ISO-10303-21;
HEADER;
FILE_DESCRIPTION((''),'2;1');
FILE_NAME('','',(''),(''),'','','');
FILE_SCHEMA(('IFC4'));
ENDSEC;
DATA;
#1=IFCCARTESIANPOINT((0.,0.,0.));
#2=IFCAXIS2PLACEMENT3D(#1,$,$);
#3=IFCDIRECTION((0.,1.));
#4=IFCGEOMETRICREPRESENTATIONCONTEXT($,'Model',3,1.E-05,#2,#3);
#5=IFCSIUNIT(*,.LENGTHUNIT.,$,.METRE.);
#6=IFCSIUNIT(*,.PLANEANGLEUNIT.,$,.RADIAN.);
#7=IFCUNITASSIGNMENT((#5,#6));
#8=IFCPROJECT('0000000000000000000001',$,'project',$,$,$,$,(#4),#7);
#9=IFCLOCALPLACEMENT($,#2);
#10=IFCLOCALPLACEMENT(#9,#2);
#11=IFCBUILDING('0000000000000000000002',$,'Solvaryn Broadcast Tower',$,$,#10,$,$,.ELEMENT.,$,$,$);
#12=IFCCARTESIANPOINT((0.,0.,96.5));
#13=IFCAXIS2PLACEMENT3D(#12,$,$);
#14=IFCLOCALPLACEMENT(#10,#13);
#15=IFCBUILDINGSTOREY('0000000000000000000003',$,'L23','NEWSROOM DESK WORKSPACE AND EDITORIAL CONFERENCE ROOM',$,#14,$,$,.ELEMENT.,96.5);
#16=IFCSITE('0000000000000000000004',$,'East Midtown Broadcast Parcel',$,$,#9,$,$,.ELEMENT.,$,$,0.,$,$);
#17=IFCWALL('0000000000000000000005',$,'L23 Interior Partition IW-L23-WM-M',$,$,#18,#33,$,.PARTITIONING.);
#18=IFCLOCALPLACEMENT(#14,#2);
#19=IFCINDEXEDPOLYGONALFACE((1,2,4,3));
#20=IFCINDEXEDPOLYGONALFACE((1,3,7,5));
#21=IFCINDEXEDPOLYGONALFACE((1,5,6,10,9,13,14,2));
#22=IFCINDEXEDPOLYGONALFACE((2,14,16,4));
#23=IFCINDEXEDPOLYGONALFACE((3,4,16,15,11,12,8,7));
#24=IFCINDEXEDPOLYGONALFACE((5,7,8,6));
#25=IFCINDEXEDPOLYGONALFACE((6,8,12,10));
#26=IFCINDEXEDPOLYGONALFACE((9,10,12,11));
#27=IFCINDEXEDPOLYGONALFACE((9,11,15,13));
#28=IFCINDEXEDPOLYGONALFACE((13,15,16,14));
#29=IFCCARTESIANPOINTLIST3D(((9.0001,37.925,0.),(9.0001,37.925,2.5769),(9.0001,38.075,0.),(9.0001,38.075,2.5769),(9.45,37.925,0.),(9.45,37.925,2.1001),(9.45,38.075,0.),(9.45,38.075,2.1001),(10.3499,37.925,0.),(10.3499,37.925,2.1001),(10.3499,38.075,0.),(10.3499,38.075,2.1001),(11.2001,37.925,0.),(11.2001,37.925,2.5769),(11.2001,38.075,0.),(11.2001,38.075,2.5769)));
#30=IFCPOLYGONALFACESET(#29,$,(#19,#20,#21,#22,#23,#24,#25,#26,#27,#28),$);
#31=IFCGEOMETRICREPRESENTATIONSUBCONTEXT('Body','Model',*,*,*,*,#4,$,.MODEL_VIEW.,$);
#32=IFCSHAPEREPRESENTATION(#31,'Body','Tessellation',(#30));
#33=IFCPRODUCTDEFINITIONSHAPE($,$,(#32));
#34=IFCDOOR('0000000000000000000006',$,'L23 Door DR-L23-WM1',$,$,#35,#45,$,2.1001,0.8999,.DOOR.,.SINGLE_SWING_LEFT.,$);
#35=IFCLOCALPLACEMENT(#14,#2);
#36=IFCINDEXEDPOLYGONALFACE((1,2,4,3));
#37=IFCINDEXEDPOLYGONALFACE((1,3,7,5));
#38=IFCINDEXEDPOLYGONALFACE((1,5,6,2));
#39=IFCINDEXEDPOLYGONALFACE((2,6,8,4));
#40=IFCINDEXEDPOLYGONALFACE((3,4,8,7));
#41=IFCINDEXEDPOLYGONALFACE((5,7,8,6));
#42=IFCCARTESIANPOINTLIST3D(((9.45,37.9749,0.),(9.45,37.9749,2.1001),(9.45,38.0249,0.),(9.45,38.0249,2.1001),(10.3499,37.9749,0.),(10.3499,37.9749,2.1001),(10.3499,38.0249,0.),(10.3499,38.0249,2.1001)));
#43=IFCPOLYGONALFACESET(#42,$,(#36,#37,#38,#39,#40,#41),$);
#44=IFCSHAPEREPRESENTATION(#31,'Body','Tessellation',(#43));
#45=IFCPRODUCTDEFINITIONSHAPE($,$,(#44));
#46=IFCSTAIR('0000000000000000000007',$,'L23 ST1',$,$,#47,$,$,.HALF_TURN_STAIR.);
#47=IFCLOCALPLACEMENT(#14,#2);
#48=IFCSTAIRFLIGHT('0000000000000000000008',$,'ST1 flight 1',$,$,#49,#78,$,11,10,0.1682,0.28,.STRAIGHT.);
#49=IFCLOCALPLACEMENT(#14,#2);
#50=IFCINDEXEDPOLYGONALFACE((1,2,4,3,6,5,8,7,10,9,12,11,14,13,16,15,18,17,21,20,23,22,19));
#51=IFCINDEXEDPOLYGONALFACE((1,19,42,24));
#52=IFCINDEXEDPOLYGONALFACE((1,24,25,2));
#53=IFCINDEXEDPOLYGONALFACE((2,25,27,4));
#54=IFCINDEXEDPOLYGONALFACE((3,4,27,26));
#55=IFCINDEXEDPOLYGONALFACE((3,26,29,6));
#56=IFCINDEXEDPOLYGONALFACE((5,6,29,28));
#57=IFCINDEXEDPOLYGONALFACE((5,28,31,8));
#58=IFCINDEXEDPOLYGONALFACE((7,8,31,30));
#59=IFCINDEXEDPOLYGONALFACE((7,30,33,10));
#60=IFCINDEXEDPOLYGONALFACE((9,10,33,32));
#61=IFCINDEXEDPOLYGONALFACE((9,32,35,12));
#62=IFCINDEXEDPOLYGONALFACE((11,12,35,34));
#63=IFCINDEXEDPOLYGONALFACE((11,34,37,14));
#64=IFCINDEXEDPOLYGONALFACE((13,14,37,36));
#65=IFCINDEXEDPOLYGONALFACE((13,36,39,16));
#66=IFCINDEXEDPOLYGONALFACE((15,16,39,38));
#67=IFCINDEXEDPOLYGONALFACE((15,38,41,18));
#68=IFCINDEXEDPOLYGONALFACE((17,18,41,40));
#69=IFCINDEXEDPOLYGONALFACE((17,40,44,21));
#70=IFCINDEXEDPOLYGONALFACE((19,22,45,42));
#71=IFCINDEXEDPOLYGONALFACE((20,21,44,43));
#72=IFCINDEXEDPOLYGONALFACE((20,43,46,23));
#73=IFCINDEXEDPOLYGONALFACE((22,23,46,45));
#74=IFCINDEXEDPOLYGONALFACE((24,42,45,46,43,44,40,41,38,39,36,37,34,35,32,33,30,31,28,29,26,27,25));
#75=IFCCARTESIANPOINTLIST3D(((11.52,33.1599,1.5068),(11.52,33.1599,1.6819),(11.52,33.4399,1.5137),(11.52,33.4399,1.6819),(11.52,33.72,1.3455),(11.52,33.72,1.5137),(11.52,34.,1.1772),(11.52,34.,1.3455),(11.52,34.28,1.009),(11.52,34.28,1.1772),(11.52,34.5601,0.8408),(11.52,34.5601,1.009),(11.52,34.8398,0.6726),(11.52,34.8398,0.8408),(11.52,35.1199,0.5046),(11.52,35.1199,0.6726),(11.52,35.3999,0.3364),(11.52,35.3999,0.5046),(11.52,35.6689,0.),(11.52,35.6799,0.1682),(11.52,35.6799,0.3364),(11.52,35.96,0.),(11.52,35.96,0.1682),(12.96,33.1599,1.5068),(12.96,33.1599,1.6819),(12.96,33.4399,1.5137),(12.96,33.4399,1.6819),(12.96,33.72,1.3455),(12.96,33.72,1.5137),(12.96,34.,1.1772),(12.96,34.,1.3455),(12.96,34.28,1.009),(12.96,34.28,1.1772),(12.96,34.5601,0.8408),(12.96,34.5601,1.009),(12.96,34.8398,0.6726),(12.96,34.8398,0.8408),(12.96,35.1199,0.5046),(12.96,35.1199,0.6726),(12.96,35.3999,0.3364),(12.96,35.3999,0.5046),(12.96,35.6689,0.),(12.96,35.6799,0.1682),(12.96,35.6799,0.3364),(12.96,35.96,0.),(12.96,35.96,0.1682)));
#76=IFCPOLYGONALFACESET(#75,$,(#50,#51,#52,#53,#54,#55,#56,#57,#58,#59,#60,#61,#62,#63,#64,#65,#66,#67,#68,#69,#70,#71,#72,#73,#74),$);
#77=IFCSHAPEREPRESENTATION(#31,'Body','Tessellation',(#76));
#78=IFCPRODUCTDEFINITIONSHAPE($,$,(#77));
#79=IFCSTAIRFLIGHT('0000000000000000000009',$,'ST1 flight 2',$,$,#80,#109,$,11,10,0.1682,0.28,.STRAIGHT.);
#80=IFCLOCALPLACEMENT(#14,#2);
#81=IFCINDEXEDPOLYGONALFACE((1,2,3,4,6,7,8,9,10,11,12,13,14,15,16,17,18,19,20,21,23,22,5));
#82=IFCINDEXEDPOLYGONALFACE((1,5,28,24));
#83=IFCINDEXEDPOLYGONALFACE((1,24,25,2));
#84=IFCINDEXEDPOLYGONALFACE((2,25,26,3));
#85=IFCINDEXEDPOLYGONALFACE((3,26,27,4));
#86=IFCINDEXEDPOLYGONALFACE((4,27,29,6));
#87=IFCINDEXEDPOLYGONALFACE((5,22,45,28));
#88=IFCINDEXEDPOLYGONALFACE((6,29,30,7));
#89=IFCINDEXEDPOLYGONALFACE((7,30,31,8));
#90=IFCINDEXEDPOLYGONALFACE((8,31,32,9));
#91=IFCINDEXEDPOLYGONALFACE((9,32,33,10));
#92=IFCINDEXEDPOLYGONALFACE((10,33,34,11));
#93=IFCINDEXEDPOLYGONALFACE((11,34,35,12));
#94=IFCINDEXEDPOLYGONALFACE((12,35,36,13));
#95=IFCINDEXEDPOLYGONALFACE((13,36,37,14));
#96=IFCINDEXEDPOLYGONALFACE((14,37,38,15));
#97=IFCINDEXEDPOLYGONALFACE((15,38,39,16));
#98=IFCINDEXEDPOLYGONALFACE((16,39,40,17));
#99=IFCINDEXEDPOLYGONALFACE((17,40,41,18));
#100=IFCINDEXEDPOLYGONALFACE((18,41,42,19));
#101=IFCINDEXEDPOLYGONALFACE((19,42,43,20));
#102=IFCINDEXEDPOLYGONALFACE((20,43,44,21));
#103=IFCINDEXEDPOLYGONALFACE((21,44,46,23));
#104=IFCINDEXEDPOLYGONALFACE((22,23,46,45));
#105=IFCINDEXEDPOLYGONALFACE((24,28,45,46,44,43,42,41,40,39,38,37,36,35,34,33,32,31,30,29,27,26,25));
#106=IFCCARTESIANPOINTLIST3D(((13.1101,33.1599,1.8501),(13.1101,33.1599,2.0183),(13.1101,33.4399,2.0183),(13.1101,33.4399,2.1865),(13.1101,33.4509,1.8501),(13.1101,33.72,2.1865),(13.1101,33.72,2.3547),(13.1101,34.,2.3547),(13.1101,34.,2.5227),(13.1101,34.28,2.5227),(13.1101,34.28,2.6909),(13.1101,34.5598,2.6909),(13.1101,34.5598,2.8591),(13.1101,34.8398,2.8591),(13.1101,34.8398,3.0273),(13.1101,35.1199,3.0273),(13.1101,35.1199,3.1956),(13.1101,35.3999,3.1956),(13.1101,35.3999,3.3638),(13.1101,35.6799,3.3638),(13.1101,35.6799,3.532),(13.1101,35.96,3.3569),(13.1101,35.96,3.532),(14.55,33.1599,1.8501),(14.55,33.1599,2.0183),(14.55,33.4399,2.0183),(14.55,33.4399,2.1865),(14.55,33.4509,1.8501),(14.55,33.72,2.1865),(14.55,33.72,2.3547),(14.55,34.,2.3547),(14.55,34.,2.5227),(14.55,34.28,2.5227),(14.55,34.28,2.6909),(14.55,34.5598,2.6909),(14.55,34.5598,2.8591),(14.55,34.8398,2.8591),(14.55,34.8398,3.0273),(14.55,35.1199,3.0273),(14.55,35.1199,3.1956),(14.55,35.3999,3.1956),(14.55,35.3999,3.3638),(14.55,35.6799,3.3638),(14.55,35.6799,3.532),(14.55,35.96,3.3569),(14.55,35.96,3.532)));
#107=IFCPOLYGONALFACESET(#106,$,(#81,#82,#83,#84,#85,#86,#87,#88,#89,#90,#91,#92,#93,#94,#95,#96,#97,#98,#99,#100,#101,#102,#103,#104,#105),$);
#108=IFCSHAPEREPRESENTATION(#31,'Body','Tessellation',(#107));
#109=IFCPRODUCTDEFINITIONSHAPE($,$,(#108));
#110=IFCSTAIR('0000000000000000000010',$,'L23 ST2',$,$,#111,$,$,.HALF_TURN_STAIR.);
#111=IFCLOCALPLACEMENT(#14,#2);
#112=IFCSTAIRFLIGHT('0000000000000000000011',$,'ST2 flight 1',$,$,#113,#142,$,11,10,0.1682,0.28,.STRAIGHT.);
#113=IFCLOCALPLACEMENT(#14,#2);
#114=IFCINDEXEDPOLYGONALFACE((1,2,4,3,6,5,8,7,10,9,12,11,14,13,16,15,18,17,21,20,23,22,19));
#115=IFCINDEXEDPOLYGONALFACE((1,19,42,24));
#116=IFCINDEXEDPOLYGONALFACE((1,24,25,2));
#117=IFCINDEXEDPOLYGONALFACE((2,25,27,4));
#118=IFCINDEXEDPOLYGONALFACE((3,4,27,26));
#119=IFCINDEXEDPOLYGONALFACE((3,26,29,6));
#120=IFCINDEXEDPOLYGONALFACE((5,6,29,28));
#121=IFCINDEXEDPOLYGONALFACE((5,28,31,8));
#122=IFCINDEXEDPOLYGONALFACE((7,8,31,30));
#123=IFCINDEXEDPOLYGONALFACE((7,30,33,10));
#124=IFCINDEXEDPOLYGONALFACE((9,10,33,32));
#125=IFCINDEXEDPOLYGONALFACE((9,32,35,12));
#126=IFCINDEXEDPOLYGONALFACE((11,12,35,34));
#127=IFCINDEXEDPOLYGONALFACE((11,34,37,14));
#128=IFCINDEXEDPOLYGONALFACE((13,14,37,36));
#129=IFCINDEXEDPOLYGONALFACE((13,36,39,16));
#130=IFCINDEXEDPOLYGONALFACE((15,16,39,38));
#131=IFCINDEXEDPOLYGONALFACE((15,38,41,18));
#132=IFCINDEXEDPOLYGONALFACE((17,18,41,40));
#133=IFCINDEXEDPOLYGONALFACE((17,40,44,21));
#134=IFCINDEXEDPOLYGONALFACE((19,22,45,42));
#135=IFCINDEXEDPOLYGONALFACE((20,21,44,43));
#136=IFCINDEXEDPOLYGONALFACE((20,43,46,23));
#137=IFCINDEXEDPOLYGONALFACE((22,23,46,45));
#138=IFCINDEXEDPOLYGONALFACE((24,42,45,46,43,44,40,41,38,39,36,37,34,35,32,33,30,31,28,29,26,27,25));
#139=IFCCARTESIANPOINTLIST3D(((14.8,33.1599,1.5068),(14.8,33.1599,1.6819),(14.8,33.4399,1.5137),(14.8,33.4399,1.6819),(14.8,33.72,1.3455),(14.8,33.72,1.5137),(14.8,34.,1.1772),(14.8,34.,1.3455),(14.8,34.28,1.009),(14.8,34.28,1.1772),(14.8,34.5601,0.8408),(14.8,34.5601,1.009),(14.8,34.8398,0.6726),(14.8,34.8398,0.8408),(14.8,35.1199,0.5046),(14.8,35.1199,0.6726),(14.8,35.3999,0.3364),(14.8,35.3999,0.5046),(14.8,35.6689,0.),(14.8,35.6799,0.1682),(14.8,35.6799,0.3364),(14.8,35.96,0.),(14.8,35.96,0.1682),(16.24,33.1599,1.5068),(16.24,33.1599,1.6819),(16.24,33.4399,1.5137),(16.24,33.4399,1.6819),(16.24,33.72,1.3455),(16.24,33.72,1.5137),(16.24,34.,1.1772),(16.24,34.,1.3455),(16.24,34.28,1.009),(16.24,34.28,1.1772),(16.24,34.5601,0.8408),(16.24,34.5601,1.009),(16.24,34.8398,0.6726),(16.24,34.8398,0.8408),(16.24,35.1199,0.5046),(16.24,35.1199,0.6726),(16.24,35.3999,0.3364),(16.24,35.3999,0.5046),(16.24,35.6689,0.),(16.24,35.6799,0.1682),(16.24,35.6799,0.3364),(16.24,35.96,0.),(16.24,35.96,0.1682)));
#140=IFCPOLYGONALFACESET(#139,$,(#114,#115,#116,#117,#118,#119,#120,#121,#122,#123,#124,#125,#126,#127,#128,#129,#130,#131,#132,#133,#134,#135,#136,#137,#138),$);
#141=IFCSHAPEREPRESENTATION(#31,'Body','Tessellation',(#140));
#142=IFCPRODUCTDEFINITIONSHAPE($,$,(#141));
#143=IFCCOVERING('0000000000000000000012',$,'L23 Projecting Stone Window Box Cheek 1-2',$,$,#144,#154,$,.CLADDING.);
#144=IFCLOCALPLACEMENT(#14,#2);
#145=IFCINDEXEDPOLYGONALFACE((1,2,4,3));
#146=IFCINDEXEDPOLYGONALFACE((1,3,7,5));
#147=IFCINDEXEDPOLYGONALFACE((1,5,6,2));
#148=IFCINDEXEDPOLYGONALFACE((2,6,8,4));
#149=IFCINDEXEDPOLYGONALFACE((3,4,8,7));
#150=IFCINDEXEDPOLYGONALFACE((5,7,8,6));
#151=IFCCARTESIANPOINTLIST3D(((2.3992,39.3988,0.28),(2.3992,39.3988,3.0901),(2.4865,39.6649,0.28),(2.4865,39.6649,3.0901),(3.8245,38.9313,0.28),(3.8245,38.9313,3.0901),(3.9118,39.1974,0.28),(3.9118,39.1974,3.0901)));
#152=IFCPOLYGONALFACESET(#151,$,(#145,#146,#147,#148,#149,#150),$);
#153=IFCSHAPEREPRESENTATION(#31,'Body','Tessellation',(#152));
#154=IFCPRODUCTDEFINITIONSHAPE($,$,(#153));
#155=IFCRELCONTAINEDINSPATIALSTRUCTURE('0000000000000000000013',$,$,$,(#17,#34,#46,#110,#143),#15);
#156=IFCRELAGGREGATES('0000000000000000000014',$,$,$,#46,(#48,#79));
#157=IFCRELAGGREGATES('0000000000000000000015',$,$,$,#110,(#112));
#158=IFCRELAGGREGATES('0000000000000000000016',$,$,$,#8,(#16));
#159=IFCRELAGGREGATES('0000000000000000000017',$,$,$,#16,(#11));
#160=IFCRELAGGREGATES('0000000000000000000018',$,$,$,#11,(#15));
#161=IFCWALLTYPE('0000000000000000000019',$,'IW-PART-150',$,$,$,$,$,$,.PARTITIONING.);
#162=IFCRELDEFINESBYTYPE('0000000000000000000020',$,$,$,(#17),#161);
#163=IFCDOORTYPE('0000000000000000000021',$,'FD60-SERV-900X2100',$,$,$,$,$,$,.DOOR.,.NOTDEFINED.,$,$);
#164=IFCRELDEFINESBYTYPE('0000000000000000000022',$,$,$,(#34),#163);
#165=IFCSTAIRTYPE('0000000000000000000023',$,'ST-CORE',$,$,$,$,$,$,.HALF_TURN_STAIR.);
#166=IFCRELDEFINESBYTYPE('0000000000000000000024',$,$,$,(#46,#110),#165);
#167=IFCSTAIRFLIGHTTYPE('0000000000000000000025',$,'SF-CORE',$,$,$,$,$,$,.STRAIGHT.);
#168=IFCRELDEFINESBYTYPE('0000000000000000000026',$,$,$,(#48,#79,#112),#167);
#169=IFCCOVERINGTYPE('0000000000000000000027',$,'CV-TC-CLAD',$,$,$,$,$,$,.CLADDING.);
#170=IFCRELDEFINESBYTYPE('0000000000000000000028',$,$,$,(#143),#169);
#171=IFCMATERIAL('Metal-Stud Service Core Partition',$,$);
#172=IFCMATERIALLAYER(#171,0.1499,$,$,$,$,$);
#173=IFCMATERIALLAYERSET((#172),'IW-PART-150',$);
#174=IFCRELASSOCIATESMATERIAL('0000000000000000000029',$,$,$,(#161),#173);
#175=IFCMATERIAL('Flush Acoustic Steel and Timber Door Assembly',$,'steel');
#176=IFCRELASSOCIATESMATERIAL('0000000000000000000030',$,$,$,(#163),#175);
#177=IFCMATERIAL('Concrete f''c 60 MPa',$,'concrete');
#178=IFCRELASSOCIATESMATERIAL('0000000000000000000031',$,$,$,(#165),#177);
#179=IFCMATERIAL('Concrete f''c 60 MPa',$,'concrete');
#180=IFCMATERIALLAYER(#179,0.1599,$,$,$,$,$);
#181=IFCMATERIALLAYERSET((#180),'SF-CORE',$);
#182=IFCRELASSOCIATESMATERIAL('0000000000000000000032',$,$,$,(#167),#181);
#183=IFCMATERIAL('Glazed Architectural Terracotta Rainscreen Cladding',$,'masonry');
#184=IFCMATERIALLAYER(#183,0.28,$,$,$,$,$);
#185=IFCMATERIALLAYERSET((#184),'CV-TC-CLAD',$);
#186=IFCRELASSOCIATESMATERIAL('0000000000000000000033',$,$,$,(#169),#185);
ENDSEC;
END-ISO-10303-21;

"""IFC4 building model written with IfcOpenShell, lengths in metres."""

from ifc_helpers import new_model, si_unit, direction, frame, frame_2d, origin, origin_2d, place, context, subcontext, project, spatial, polyline, rectangle, outline, extrude, material, layer, layer_set, type_object, element, fill, aggregate, save


model = new_model("IFC4")

# Units and contexts
model_context = context("Model", 3, precision=1e-05, world=origin(), true_north=direction((0.0, 1.0)))
body_context = subcontext(model_context, "Body", "Model", "MODEL_VIEW")
ifc_project = project(units=[si_unit("LENGTHUNIT", "METRE"), si_unit("PLANEANGLEUNIT", "RADIAN")], contexts=[model_context])

# Site, building, storey
site_placement = place(None, origin())
site = spatial("IfcSite", under=ifc_project, at=site_placement, Name="East Midtown Broadcast Parcel", CompositionType="ELEMENT", RefElevation=0.0)
building_placement = place(site_placement, origin())
building = spatial("IfcBuilding", under=site, at=building_placement, Name="Solvaryn Broadcast Tower", CompositionType="ELEMENT")
storey_placement = place(building_placement, frame((0.0, 0.0, 96.5)))
storey = spatial("IfcBuildingStorey", under=building, at=storey_placement, Name="L23", Description="NEWSROOM DESK WORKSPACE AND EDITORIAL CONFERENCE ROOM", CompositionType="ELEMENT", Elevation=96.5)

# Wall, opening, door
ifc_material_1 = material(Name="Metal-Stud Service Core Partition")
ifc_layer_1 = layer(ifc_material_1, 0.1499)
ifc_layer_set_1 = layer_set([ifc_layer_1], Name="IW-PART-150")
wall_type = type_object("IfcWallType", Name="IW-PART-150", PredefinedType="PARTITIONING", material=ifc_layer_set_1)
wall_placement = place(storey_placement, frame((9.0, 38.0, 0.0), z_axis=(0.0, 0.0, 1.0), x_axis=(1.0, 0.0, 0.0)))
wall = element("IfcWall", 1, at=wall_placement, inside=storey, type_object=wall_type, Name="L23 Interior Partition IW-L23-WM-M", PredefinedType="PARTITIONING", context=body_context, shape_type="SweptSolid", body=[
    extrude(rectangle(XDim=2.2, YDim=0.1499, at=frame_2d((1.1001, 0.0))), origin(), (0.0, 0.0, 1.0), 2.5769),
])
opening_placement = place(wall_placement, frame((0.45, 0.0, 0.0)))
opening = element("IfcOpeningElement", 2, at=opening_placement, cuts=wall, PredefinedType="OPENING", context=body_context, shape_type="SweptSolid", body=[
    extrude(rectangle(XDim=0.8999, YDim=2.1001, at=frame_2d((0.45, 1.05))), frame((0.0, 0.085, 0.0), z_axis=(0.0, -1.0, 0.0), x_axis=(1.0, 0.0, 0.0)), (0.0, 0.0, 1.0), 0.1699),
])
ifc_material_2 = material(Name="Flush Acoustic Steel and Timber Door Assembly", Category="steel")
door_type = type_object("IfcDoorType", Name="FD60-SERV-900X2100", OperationType="NOTDEFINED", PredefinedType="DOOR", material=ifc_material_2)
door_placement = place(opening_placement, origin())
door = element("IfcDoor", 3, at=door_placement, inside=storey, type_object=door_type, Name="L23 Door DR-L23-WM1", OperationType="SINGLE_SWING_LEFT", OverallHeight=2.1001, OverallWidth=0.8999, PredefinedType="DOOR", context=body_context, shape_type="SweptSolid", body=[
    extrude(rectangle(XDim=0.8999, YDim=2.1001, at=frame_2d((0.45, 1.05))), frame((0.0, 0.0249, 0.0), z_axis=(0.0, -1.0, 0.0), x_axis=(1.0, 0.0, 0.0)), (0.0, 0.0, 1.0), 0.05),
])
fill(opening, door)

# Stair, stair flights
ifc_material_3 = material(Name="Concrete f'c 60 MPa", Category="concrete")
stair_type = type_object("IfcStairType", Name="ST-CORE", PredefinedType="HALF_TURN_STAIR", material=ifc_material_3)
stair_1_placement = place(storey_placement, origin())
stair_1 = element("IfcStair", 4, at=stair_1_placement, inside=storey, type_object=stair_type, Name="L23 ST1", PredefinedType="HALF_TURN_STAIR")
ifc_material_4 = material(Name="Concrete f'c 60 MPa", Category="concrete")
ifc_layer_2 = layer(ifc_material_4, 0.1599)
ifc_layer_set_2 = layer_set([ifc_layer_2], Name="SF-CORE")
stair_flight_type = type_object("IfcStairFlightType", Name="SF-CORE", PredefinedType="STRAIGHT", material=ifc_layer_set_2)
stair_flight_1_placement = place(storey_placement, frame((12.24, 35.96, 0.0), z_axis=(0.0, 0.0, 1.0), x_axis=(0.0, -1.0, 0.0)))
stair_flight_1 = element("IfcStairFlight", 5, at=stair_flight_1_placement, type_object=stair_flight_type, Name="ST1 flight 1", NumberOfRisers=11, NumberOfTreads=10, PredefinedType="STRAIGHT", RiserHeight=0.1682, TreadLength=0.28, context=body_context, shape_type="SweptSolid", body=[
    extrude(outline(polyline([(0.0, 0.0), (0.0, 0.1682), (0.28, 0.1682), (0.28, 0.3364), (0.5601, 0.3364), (0.5601, 0.5046), (0.8401, 0.5046), (0.8401, 0.6726), (1.1201, 0.6726), (1.1201, 0.8408), (1.3999, 0.8408), (1.3999, 1.009), (1.6799, 1.009), (1.6799, 1.1772), (1.96, 1.1772), (1.96, 1.3455), (2.24, 1.3455), (2.24, 1.5137), (2.52, 1.5137), (2.52, 1.6819), (2.8, 1.6819), (2.8, 1.8501), (2.8, 1.5068), (0.291, 0.0), (0.0, 0.0)])), frame((0.0, 0.72, 0.0), z_axis=(0.0, -1.0, 0.0), x_axis=(1.0, 0.0, 0.0)), (0.0, 0.0, 1.0), 1.4399),
])
stair_flight_2_placement = place(storey_placement, frame((13.8301, 33.1599, 1.8501), z_axis=(0.0, 0.0, 1.0), x_axis=(0.0, 1.0, 0.0)))
stair_flight_2 = element("IfcStairFlight", 6, at=stair_flight_2_placement, type_object=stair_flight_type, Name="ST1 flight 2", NumberOfRisers=11, NumberOfTreads=10, PredefinedType="STRAIGHT", RiserHeight=0.1682, TreadLength=0.28, context=body_context, shape_type="SweptSolid", body=[
    extrude(outline(polyline([(0.0, 0.0), (0.0, 0.1682), (0.28, 0.1682), (0.28, 0.3364), (0.5601, 0.3364), (0.5601, 0.5046), (0.8401, 0.5046), (0.8401, 0.6726), (1.1201, 0.6726), (1.1201, 0.8408), (1.3999, 0.8408), (1.3999, 1.009), (1.6799, 1.009), (1.6799, 1.1772), (1.96, 1.1772), (1.96, 1.3455), (2.24, 1.3455), (2.24, 1.5137), (2.52, 1.5137), (2.52, 1.6819), (2.8, 1.6819), (2.8, 1.8501), (2.8, 1.5068), (0.291, 0.0), (0.0, 0.0)])), frame((0.0, 0.72, 0.0), z_axis=(0.0, -1.0, 0.0), x_axis=(1.0, 0.0, 0.0)), (0.0, 0.0, 1.0), 1.4399),
])
aggregate(stair_1, [stair_flight_1, stair_flight_2])

# Stair, stair flight
stair_2_placement = place(storey_placement, origin())
stair_2 = element("IfcStair", 7, at=stair_2_placement, inside=storey, type_object=stair_type, Name="L23 ST2", PredefinedType="HALF_TURN_STAIR")
stair_flight_3_placement = place(storey_placement, frame((15.52, 35.96, 0.0), z_axis=(0.0, 0.0, 1.0), x_axis=(0.0, -1.0, 0.0)))
stair_flight_3 = element("IfcStairFlight", 8, at=stair_flight_3_placement, type_object=stair_flight_type, Name="ST2 flight 1", NumberOfRisers=11, NumberOfTreads=10, PredefinedType="STRAIGHT", RiserHeight=0.1682, TreadLength=0.28, context=body_context, shape_type="SweptSolid", body=[
    extrude(outline(polyline([(0.0, 0.0), (0.0, 0.1682), (0.28, 0.1682), (0.28, 0.3364), (0.5601, 0.3364), (0.5601, 0.5046), (0.8401, 0.5046), (0.8401, 0.6726), (1.1201, 0.6726), (1.1201, 0.8408), (1.3999, 0.8408), (1.3999, 1.009), (1.6799, 1.009), (1.6799, 1.1772), (1.96, 1.1772), (1.96, 1.3455), (2.24, 1.3455), (2.24, 1.5137), (2.52, 1.5137), (2.52, 1.6819), (2.8, 1.6819), (2.8, 1.8501), (2.8, 1.5068), (0.291, 0.0), (0.0, 0.0)])), frame((0.0, 0.72, 0.0), z_axis=(0.0, -1.0, 0.0), x_axis=(1.0, 0.0, 0.0)), (0.0, 0.0, 1.0), 1.4399),
])
aggregate(stair_2, [stair_flight_3])

# Covering
ifc_material_5 = material(Name="Glazed Architectural Terracotta Rainscreen Cladding", Category="masonry")
ifc_layer_3 = layer(ifc_material_5, 0.28)
ifc_layer_set_3 = layer_set([ifc_layer_3], Name="CV-TC-CLAD")
covering_type = type_object("IfcCoveringType", Name="CV-TC-CLAD", PredefinedType="CLADDING", material=ifc_layer_set_3)
covering_placement = place(storey_placement, frame((3.1555, 39.2981, 0.28), z_axis=(0.0, 0.0, 1.0), x_axis=(-0.311672, -0.95019, 0.0)))
element("IfcCovering", 9, at=covering_placement, inside=storey, type_object=covering_type, Name="L23 Projecting Stone Window Box Cheek 1-2", PredefinedType="CLADDING", context=body_context, shape_type="SweptSolid", body=[
    extrude(rectangle(XDim=0.28, YDim=1.5, at=origin_2d()), origin(), (0.0, 0.0, 1.0), 2.8101),
])

save(model, "model.ifc")
